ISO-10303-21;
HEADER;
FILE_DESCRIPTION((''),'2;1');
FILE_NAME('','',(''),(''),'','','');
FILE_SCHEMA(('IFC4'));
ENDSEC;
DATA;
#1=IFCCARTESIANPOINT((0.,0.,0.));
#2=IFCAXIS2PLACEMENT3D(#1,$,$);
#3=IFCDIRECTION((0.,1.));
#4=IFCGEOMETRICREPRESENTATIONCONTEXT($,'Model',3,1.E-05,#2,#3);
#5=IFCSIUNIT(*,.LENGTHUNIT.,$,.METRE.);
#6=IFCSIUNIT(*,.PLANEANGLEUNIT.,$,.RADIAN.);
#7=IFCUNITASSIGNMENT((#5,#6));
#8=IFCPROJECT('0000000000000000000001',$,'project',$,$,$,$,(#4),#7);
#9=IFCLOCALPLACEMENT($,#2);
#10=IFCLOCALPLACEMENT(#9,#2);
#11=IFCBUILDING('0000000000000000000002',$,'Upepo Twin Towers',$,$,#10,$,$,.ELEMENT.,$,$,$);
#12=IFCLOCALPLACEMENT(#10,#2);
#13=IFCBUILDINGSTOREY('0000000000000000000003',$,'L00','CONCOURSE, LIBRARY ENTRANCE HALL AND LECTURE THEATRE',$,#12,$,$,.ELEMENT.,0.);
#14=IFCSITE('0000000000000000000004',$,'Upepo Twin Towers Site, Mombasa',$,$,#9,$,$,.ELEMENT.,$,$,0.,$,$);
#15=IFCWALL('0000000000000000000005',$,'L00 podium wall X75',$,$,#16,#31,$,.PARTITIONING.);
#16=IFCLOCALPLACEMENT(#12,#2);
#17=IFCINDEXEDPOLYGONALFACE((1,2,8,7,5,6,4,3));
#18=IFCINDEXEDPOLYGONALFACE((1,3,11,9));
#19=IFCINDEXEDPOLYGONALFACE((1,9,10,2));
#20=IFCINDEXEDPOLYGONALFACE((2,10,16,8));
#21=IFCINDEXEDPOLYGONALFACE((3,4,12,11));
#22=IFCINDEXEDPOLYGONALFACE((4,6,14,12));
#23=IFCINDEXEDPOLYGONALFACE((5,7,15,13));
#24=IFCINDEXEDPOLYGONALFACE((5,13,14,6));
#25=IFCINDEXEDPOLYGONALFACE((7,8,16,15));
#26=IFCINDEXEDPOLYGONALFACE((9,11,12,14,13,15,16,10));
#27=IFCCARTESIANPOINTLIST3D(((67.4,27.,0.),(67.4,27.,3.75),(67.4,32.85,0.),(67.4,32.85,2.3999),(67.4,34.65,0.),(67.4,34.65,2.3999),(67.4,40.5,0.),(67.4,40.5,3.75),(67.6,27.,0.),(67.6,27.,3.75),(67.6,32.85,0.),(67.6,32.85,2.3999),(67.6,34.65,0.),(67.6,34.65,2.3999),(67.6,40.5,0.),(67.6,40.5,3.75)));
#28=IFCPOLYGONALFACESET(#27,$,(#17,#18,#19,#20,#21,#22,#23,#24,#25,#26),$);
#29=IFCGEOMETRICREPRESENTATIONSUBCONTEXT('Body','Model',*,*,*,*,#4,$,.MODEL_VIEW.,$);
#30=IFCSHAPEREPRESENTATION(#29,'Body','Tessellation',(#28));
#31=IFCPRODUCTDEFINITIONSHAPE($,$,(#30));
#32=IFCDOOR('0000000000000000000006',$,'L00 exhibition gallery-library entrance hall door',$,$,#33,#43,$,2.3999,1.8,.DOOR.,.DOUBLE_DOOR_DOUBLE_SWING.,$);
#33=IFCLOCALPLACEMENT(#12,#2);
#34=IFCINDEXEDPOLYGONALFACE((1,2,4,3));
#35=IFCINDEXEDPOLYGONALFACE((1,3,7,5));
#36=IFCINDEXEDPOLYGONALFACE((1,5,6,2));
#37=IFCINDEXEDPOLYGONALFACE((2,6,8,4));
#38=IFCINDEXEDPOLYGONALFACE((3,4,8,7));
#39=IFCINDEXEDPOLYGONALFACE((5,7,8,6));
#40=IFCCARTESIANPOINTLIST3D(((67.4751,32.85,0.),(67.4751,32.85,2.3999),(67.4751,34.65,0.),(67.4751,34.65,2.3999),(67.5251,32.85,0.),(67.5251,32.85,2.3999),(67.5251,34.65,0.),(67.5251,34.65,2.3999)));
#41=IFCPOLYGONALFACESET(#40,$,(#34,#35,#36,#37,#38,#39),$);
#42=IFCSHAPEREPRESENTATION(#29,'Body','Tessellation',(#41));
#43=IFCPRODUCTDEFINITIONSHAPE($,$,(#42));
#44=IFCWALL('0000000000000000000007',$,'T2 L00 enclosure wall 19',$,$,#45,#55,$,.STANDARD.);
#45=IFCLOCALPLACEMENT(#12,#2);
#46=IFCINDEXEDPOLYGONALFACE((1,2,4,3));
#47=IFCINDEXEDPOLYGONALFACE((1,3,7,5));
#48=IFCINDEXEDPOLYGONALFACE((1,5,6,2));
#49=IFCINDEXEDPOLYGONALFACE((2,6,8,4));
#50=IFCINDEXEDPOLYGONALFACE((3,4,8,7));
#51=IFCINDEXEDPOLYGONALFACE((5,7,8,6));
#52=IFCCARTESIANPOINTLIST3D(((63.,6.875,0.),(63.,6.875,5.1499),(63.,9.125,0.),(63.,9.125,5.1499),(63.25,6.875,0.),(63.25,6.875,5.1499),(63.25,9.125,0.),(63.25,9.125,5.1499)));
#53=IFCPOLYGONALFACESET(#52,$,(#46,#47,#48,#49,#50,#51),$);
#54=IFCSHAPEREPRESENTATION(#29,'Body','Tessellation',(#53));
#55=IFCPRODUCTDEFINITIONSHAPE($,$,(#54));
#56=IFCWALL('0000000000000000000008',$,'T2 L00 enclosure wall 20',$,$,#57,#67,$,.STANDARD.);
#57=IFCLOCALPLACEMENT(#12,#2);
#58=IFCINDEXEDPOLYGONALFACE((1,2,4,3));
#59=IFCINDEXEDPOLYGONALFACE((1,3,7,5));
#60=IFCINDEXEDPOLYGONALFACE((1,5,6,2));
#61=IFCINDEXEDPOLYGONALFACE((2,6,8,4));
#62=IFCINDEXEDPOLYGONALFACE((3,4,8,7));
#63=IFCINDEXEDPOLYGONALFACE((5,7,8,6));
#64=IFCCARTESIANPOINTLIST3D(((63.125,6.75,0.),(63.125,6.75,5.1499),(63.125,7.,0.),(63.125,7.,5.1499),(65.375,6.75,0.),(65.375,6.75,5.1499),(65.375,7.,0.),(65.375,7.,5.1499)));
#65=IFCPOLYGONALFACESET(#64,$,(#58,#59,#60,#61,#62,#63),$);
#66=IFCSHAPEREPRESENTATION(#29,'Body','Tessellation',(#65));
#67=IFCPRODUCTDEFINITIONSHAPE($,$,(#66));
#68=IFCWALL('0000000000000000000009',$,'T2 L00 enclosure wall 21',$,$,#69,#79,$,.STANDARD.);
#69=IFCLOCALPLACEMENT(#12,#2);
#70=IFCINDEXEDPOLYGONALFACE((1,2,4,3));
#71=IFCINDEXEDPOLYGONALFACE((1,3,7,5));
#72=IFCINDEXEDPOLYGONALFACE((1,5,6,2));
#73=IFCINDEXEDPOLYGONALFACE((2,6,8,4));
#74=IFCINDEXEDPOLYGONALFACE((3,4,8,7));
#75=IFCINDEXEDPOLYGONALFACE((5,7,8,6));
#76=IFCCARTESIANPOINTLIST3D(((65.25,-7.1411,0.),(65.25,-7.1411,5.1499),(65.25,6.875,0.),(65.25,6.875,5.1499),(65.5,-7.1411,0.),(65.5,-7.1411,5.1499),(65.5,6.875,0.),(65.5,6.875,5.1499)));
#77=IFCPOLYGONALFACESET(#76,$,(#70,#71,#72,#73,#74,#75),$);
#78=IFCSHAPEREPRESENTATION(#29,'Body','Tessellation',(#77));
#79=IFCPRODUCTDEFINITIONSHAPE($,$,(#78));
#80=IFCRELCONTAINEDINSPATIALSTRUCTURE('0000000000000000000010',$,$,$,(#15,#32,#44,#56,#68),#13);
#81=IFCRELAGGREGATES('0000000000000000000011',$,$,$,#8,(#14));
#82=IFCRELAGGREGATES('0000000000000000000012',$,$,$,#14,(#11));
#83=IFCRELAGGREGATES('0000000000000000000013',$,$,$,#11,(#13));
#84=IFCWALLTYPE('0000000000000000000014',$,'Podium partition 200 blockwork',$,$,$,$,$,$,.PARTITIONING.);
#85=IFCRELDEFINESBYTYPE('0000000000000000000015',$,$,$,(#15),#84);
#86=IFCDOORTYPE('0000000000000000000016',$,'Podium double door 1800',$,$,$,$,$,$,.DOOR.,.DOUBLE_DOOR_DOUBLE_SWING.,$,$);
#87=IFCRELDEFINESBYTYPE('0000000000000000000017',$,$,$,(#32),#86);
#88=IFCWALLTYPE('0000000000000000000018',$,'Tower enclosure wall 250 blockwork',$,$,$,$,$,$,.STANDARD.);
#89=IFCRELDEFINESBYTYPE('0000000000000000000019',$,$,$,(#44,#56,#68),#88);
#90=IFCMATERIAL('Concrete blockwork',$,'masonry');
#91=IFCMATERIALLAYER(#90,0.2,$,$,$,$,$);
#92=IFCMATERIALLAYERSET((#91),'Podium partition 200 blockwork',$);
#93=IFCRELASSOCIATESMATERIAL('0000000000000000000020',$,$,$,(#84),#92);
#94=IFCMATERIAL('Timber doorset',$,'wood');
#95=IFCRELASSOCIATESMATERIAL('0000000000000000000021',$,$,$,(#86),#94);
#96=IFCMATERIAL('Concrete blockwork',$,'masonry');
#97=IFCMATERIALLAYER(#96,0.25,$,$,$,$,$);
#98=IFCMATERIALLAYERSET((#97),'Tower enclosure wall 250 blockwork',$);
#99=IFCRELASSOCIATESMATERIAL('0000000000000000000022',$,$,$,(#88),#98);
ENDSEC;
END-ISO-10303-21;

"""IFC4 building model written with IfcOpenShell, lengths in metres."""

from ifc_helpers import new_model, si_unit, direction, frame, frame_2d, origin, place, context, subcontext, project, spatial, rectangle, extrude, material, layer, layer_set, type_object, element, fill, save


model = new_model("IFC4")

# Units and contexts
model_context = context("Model", 3, precision=1e-05, world=origin(), true_north=direction((0.0, 1.0)))
body_context = subcontext(model_context, "Body", "Model", "MODEL_VIEW")
ifc_project = project(units=[si_unit("LENGTHUNIT", "METRE"), si_unit("PLANEANGLEUNIT", "RADIAN")], contexts=[model_context])

# Site, building, storey
site_placement = place(None, origin())
site = spatial("IfcSite", under=ifc_project, at=site_placement, Name="Upepo Twin Towers Site, Mombasa", CompositionType="ELEMENT", RefElevation=0.0)
building_placement = place(site_placement, origin())
building = spatial("IfcBuilding", under=site, at=building_placement, Name="Upepo Twin Towers", CompositionType="ELEMENT")
storey_placement = place(building_placement, origin())
storey = spatial("IfcBuildingStorey", under=building, at=storey_placement, Name="L00", Description="CONCOURSE, LIBRARY ENTRANCE HALL AND LECTURE THEATRE", CompositionType="ELEMENT", Elevation=0.0)

# Shared definitions
ifc_material_1 = material(Name="Concrete blockwork", Category="masonry")
ifc_layer_1 = layer(ifc_material_1, 0.2)
ifc_layer_set_1 = layer_set([ifc_layer_1], Name="Podium partition 200 blockwork")
wall_type_1 = type_object("IfcWallType", Name="Podium partition 200 blockwork", PredefinedType="PARTITIONING", material=ifc_layer_set_1)

# Wall, opening, door
wall_1_placement = place(storey_placement, frame((67.5, 27.0, 0.0), z_axis=(0.0, 0.0, 1.0), x_axis=(0.0, 1.0, 0.0)))
wall_1 = element("IfcWall", 1, at=wall_1_placement, inside=storey, type_object=wall_type_1, Name="L00 podium wall X75", PredefinedType="PARTITIONING", context=body_context, shape_type="SweptSolid", body=[
    extrude(rectangle(XDim=13.5, YDim=0.2, at=frame_2d((6.75, 0.0))), origin(), (0.0, 0.0, 1.0), 3.75),
])
opening_placement = place(wall_1_placement, frame((5.8501, 0.0, 0.0)))
opening = element("IfcOpeningElement", 2, at=opening_placement, cuts=wall_1, PredefinedType="OPENING", context=body_context, shape_type="SweptSolid", body=[
    extrude(rectangle(XDim=1.8, YDim=2.3999, at=frame_2d((0.8999, 1.2))), frame((0.0, 0.1099, 0.0), z_axis=(0.0, -1.0, 0.0), x_axis=(1.0, 0.0, 0.0)), (0.0, 0.0, 1.0), 0.22),
])
ifc_material_2 = material(Name="Timber doorset", Category="wood")
door_type = type_object("IfcDoorType", Name="Podium double door 1800", OperationType="DOUBLE_DOOR_DOUBLE_SWING", PredefinedType="DOOR", material=ifc_material_2)
door_placement = place(opening_placement, origin())
door = element("IfcDoor", 3, at=door_placement, inside=storey, type_object=door_type, Name="L00 exhibition gallery-library entrance hall door", OperationType="DOUBLE_DOOR_DOUBLE_SWING", OverallHeight=2.3999, OverallWidth=1.8, PredefinedType="DOOR", context=body_context, shape_type="SweptSolid", body=[
    extrude(rectangle(XDim=1.8, YDim=2.3999, at=frame_2d((0.8999, 1.2))), frame((0.0, 0.0249, 0.0), z_axis=(0.0, -1.0, 0.0), x_axis=(1.0, 0.0, 0.0)), (0.0, 0.0, 1.0), 0.05),
])
fill(opening, door)

# Walls
ifc_material_3 = material(Name="Concrete blockwork", Category="masonry")
ifc_layer_2 = layer(ifc_material_3, 0.25)
ifc_layer_set_2 = layer_set([ifc_layer_2], Name="Tower enclosure wall 250 blockwork")
wall_type_2 = type_object("IfcWallType", Name="Tower enclosure wall 250 blockwork", PredefinedType="STANDARD", material=ifc_layer_set_2)
for number, where, z_axis, x_axis, name in (
    (4, (63.125, 9.125, 0.0), (0.0, 0.0, 1.0), (0.0, -1.0, 0.0), "T2 L00 enclosure wall 19"),
    (5, (63.125, 6.875, 0.0), (0.0, 0.0, 1.0), (1.0, 0.0, 0.0), "T2 L00 enclosure wall 20"),
):
    element("IfcWall", number, at=place(storey_placement, frame(where, z_axis=z_axis, x_axis=x_axis)), inside=storey, type_object=wall_type_2, Name=name, PredefinedType="STANDARD", context=body_context, shape_type="SweptSolid", body=[
        extrude(rectangle(XDim=2.25, YDim=0.25, at=frame_2d((1.125, 0.0))), origin(), (0.0, 0.0, 1.0), 5.1499),
    ])
wall_2_placement = place(storey_placement, frame((65.375, 6.875, 0.0), z_axis=(0.0, 0.0, 1.0), x_axis=(0.0, -1.0, 0.0)))
element("IfcWall", 6, at=wall_2_placement, inside=storey, type_object=wall_type_2, Name="T2 L00 enclosure wall 21", PredefinedType="STANDARD", context=body_context, shape_type="SweptSolid", body=[
    extrude(rectangle(XDim=14.0161, YDim=0.25, at=frame_2d((7.0081, 0.0))), origin(), (0.0, 0.0, 1.0), 5.1499),
])

save(model, "model.ifc")
